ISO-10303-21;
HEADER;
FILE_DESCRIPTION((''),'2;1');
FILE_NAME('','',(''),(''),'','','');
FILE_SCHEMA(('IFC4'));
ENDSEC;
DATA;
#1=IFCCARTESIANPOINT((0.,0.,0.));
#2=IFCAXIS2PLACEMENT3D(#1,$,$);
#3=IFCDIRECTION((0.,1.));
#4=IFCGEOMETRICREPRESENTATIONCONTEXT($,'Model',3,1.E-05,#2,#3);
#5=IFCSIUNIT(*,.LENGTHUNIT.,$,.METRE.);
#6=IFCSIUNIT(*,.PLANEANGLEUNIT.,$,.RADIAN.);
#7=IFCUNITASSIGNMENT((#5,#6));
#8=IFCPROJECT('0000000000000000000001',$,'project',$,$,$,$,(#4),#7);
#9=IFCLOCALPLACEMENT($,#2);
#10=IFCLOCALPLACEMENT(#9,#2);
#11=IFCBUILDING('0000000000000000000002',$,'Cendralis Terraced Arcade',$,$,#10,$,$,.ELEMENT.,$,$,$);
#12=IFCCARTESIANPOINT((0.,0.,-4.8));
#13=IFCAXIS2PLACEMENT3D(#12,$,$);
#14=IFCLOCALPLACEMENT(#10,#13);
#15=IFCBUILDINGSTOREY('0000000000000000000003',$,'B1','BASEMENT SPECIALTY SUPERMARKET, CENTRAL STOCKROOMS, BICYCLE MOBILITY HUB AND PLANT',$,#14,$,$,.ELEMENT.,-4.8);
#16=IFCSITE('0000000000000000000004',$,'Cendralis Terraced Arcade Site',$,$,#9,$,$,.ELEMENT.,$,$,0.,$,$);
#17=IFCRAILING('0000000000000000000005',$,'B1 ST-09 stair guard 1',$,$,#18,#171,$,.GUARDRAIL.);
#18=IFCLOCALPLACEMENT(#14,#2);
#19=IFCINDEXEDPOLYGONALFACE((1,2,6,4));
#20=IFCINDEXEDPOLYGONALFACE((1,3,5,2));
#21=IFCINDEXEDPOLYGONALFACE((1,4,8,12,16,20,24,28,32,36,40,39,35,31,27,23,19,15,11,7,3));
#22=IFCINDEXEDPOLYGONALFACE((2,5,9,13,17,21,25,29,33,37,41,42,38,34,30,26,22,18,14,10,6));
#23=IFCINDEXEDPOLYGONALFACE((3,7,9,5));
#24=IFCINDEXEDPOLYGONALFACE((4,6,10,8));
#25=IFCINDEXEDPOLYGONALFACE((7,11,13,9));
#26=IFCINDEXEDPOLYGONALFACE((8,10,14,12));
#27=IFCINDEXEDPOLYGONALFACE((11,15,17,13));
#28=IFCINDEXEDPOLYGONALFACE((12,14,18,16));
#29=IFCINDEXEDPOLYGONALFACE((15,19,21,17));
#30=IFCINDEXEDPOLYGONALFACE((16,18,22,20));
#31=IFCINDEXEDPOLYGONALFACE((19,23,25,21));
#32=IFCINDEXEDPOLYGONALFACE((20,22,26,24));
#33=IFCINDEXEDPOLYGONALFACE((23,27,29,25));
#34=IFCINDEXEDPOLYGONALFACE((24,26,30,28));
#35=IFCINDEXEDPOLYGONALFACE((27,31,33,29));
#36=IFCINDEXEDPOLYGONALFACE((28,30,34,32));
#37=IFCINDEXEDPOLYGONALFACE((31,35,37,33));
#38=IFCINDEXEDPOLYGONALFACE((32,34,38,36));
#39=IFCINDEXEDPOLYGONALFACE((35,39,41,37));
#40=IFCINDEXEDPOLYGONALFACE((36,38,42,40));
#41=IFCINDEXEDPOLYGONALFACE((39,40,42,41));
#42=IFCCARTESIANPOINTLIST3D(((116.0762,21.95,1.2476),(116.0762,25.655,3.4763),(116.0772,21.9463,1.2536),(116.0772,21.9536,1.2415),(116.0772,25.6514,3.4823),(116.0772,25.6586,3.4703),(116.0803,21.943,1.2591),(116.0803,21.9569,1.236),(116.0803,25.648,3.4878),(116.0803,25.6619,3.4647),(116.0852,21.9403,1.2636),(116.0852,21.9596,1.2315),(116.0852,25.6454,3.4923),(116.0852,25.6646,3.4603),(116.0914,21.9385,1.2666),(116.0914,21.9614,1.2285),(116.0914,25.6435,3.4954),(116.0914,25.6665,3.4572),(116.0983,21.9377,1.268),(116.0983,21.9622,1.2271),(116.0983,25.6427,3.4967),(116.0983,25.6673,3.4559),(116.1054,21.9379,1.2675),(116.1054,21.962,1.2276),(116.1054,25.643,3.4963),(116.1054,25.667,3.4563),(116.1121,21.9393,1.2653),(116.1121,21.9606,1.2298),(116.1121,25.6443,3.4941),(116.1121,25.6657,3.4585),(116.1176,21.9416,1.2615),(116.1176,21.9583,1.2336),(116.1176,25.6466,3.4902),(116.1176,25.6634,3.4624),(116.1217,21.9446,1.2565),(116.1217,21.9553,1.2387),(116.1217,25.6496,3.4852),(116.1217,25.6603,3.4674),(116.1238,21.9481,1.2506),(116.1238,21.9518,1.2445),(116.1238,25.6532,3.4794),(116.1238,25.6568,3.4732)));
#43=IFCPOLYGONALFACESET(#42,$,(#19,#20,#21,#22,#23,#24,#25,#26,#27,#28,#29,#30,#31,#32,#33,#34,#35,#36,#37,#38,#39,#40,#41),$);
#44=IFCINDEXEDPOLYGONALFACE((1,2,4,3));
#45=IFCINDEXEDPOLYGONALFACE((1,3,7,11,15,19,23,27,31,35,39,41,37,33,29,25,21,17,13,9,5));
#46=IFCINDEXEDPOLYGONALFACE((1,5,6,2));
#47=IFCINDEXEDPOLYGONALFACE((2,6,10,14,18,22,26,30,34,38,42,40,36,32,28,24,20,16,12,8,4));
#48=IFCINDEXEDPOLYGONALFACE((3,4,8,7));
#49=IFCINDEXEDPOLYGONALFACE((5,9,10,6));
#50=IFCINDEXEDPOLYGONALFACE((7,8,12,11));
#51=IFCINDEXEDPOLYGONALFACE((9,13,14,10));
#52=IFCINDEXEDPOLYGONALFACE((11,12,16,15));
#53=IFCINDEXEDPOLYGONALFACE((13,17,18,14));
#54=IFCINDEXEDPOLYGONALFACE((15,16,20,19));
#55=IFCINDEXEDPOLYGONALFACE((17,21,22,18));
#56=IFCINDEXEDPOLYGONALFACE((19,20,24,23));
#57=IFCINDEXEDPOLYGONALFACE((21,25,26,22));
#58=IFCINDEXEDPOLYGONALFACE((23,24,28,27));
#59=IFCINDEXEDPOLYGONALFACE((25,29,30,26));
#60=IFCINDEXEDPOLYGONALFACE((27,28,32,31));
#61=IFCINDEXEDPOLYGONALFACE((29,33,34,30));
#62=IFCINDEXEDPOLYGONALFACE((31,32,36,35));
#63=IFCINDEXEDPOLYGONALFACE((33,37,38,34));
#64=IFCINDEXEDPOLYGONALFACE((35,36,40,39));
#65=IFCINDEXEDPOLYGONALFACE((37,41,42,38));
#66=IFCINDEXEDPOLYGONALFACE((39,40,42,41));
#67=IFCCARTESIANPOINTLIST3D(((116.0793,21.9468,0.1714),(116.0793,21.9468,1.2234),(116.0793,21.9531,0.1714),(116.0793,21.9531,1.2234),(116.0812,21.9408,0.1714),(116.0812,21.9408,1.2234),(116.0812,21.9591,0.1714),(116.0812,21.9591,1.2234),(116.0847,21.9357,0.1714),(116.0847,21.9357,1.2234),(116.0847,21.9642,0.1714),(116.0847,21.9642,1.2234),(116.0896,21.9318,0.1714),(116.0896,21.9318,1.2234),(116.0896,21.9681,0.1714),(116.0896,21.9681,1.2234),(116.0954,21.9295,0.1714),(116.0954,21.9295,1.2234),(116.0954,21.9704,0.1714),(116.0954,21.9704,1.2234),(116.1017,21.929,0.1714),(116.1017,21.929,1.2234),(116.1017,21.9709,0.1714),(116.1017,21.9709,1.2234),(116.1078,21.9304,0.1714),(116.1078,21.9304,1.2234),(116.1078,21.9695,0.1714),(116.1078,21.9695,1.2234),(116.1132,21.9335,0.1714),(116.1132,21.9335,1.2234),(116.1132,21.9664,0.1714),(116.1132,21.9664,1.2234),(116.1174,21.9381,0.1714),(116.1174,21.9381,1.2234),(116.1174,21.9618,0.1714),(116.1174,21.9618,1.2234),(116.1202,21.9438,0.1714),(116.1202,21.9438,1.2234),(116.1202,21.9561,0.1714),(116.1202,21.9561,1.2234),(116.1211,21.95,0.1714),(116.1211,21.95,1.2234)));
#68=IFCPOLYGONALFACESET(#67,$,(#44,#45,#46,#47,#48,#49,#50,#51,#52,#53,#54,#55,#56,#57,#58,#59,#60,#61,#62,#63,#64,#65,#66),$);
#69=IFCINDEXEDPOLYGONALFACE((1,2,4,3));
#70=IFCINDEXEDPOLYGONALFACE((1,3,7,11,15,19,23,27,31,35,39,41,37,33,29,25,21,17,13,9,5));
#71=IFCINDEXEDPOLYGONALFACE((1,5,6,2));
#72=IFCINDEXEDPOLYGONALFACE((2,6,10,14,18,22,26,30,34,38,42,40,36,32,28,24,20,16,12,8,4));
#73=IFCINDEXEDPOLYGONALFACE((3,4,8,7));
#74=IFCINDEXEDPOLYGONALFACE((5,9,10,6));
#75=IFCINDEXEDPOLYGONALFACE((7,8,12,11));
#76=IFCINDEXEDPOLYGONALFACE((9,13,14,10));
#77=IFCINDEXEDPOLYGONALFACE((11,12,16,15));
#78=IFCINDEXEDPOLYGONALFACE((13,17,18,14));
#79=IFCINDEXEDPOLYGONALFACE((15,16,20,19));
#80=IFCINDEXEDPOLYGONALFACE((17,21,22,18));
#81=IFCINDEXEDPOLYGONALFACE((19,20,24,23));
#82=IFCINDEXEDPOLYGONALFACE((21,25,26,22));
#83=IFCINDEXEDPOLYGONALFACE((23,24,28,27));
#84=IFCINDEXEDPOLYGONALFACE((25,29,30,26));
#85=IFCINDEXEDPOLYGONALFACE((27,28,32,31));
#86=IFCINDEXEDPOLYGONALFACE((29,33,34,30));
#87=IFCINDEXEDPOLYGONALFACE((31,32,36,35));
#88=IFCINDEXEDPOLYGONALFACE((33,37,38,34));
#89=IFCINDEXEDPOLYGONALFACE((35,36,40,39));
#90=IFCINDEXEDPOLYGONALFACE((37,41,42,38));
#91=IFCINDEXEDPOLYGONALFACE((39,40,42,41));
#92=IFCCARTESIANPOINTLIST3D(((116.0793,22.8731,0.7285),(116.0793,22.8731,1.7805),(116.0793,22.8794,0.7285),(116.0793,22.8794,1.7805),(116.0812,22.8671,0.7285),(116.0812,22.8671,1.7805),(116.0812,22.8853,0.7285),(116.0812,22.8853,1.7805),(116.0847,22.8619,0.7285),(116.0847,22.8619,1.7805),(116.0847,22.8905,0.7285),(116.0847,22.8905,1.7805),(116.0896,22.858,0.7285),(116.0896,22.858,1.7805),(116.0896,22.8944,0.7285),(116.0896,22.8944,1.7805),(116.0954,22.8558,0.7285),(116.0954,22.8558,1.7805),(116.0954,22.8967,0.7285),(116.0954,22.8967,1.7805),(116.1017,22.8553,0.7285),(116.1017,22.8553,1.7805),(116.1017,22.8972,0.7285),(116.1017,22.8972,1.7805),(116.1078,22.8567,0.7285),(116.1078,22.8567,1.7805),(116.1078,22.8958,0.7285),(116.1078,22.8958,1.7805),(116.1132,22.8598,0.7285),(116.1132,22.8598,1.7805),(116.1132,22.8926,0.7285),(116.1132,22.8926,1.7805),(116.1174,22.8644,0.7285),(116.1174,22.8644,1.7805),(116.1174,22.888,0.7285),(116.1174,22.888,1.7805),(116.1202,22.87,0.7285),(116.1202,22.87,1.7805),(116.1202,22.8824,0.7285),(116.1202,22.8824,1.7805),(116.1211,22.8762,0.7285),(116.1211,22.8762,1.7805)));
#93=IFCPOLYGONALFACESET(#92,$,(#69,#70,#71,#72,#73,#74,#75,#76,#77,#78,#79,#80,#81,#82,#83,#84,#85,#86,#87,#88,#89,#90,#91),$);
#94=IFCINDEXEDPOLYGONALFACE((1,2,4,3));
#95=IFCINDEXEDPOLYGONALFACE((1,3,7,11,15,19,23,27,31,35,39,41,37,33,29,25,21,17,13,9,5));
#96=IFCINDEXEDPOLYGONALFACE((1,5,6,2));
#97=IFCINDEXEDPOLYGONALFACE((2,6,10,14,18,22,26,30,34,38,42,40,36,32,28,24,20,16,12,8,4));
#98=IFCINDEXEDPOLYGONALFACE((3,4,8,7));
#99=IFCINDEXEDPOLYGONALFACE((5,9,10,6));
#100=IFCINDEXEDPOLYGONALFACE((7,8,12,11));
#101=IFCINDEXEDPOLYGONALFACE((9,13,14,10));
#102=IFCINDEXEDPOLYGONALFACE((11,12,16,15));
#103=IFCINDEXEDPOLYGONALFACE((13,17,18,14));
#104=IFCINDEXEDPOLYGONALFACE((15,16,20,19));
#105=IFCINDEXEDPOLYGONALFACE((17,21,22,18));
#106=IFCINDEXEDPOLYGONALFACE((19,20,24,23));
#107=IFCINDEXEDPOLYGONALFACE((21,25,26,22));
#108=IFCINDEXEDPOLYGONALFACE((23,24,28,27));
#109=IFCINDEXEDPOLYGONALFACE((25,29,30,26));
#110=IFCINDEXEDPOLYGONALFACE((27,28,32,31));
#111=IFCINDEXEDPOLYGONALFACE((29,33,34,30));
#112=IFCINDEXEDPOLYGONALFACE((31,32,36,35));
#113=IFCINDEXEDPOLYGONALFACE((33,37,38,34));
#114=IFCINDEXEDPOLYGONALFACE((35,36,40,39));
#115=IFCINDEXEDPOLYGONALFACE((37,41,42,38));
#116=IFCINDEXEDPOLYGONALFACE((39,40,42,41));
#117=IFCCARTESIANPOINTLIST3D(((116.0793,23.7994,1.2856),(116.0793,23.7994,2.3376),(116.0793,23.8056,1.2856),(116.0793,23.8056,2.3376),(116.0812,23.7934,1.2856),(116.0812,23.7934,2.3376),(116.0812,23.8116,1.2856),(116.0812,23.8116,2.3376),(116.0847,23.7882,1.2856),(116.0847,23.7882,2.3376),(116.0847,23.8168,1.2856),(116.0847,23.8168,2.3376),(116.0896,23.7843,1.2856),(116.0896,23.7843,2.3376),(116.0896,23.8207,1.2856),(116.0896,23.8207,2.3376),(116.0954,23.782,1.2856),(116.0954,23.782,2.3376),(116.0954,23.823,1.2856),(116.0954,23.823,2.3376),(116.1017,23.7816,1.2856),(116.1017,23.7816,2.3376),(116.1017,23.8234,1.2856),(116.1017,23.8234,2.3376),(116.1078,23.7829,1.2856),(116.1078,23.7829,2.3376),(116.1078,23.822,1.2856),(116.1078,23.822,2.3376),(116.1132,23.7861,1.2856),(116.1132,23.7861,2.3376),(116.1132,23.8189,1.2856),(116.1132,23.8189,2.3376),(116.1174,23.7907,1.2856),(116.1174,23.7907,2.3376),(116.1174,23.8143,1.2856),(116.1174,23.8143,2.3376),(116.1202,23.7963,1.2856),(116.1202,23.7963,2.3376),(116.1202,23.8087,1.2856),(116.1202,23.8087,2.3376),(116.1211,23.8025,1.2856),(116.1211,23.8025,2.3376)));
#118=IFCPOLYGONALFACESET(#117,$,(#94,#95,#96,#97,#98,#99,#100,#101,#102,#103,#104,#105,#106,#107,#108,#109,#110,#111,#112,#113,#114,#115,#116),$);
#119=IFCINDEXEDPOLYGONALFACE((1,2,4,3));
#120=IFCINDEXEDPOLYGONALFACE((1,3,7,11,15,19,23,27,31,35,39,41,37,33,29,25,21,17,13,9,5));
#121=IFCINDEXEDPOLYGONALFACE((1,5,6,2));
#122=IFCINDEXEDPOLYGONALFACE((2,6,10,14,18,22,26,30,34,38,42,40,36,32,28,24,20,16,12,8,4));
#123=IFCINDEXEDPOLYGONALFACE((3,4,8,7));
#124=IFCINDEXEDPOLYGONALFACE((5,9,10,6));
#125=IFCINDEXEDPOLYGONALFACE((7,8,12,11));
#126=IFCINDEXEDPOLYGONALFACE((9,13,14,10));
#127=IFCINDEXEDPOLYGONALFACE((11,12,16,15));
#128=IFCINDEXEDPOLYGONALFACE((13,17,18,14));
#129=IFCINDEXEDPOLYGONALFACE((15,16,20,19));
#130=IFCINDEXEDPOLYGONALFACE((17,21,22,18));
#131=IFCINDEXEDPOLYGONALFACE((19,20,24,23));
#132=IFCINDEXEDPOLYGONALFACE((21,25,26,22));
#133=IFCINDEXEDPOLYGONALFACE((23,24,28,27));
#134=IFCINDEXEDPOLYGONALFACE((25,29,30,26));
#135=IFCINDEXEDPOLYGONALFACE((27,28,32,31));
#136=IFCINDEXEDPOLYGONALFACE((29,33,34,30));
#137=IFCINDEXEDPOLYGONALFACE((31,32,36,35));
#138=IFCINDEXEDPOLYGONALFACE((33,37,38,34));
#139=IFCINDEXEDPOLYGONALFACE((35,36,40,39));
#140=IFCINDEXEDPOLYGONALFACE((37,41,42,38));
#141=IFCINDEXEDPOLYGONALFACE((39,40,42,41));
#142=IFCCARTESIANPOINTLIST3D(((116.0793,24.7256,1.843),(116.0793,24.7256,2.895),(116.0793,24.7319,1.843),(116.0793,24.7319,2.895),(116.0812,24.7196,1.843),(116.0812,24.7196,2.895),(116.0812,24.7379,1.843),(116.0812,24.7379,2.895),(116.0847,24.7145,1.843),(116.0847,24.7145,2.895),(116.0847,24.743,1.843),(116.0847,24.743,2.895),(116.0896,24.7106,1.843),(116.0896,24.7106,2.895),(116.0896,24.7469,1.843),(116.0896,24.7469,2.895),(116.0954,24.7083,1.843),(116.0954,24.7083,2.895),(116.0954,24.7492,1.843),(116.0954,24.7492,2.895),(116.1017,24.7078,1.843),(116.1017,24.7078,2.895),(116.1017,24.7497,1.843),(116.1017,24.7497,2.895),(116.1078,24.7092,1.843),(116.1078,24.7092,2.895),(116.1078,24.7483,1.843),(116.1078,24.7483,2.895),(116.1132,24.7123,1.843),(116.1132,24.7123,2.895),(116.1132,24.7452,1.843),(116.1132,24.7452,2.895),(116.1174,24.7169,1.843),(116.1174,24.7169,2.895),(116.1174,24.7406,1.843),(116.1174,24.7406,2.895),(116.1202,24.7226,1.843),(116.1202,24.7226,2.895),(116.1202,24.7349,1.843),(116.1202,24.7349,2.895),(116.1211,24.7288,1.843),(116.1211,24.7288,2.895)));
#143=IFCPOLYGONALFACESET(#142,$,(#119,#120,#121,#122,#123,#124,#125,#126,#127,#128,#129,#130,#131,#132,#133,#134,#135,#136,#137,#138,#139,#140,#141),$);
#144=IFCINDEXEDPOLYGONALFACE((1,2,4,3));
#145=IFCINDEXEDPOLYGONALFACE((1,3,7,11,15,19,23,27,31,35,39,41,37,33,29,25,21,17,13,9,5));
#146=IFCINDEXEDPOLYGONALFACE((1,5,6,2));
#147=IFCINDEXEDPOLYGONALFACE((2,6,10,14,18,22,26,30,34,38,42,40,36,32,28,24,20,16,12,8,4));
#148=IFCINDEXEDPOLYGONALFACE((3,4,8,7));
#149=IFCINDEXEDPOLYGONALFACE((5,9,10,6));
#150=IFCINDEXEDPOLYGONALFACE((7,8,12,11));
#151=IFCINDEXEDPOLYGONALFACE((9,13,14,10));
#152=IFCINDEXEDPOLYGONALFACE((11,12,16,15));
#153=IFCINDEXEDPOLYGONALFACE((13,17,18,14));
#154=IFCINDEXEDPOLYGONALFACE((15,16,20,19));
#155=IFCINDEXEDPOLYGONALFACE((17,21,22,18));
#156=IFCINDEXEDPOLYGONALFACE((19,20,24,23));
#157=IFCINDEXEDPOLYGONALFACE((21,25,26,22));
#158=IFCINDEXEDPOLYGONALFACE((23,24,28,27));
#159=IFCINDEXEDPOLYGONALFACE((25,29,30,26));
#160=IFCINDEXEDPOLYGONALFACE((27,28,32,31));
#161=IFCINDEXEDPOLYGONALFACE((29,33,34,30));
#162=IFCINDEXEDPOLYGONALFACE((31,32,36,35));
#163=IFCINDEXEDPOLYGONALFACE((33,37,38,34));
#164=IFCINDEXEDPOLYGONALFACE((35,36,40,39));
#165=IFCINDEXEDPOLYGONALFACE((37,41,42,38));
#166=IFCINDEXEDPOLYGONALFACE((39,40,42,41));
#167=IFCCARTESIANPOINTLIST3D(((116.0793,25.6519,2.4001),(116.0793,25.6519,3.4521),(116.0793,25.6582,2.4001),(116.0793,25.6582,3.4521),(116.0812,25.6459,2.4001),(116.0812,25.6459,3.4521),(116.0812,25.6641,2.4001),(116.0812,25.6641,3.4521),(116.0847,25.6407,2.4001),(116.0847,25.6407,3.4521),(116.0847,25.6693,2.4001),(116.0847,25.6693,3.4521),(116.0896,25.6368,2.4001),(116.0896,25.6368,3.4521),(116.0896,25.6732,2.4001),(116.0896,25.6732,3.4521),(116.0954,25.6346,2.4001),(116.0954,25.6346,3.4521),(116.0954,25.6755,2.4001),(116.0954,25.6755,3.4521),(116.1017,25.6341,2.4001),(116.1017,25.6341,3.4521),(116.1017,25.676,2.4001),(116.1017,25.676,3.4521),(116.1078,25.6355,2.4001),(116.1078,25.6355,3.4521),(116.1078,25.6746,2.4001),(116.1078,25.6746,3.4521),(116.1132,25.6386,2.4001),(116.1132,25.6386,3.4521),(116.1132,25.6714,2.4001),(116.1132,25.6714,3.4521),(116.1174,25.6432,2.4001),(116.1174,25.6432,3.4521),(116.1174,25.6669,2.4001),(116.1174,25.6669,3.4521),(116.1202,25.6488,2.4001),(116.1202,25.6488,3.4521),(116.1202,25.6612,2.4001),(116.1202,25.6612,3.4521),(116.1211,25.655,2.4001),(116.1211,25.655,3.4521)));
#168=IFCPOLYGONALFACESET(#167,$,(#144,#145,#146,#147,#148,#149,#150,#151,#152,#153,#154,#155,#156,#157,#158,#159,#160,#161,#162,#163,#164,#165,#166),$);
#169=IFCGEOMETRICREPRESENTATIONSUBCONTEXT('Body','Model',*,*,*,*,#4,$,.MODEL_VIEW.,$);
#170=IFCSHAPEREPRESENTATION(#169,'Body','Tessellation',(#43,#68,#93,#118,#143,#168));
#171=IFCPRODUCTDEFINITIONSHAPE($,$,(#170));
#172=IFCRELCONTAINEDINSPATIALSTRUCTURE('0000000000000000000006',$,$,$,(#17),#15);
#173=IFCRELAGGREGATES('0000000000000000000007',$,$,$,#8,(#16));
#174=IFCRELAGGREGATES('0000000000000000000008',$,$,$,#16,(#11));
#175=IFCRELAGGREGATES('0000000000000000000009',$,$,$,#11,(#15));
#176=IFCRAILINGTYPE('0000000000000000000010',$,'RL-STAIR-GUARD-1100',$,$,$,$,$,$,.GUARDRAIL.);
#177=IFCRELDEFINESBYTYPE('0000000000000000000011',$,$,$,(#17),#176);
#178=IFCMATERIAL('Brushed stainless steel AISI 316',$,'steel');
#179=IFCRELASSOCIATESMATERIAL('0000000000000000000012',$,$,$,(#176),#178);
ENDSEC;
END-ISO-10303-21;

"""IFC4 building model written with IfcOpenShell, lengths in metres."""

from ifc_helpers import new_model, si_unit, direction, frame, origin, origin_2d, place, context, subcontext, project, spatial, circle, extrude, material, type_object, element, save


model = new_model("IFC4")

# Units and contexts
model_context = context("Model", 3, precision=1e-05, world=origin(), true_north=direction((0.0, 1.0)))
body_context = subcontext(model_context, "Body", "Model", "MODEL_VIEW")
ifc_project = project(units=[si_unit("LENGTHUNIT", "METRE"), si_unit("PLANEANGLEUNIT", "RADIAN")], contexts=[model_context])

# Site, building, storey
site_placement = place(None, origin())
site = spatial("IfcSite", under=ifc_project, at=site_placement, Name="Cendralis Terraced Arcade Site", CompositionType="ELEMENT", RefElevation=0.0)
building_placement = place(site_placement, origin())
building = spatial("IfcBuilding", under=site, at=building_placement, Name="Cendralis Terraced Arcade", CompositionType="ELEMENT")
storey_placement = place(building_placement, frame((0.0, 0.0, -4.8)))
storey = spatial("IfcBuildingStorey", under=building, at=storey_placement, Name="B1", Description="BASEMENT SPECIALTY SUPERMARKET, CENTRAL STOCKROOMS, BICYCLE MOBILITY HUB AND PLANT", CompositionType="ELEMENT", Elevation=-4.8)

# Railing
ifc_material_1 = material(Name="Brushed stainless steel AISI 316", Category="steel")
railing_type_1 = type_object("IfcRailingType", Name="RL-STAIR-GUARD-1100", PredefinedType="GUARDRAIL", material=ifc_material_1)
railing_1_placement = place(storey_placement, frame((116.1001, 21.95, 0.1714)))
element("IfcRailing", 1, at=railing_1_placement, inside=storey, type_object=railing_type_1, Name="B1 ST-09 stair guard 1", PredefinedType="GUARDRAIL", context=body_context, shape_type="SweptSolid", body=[
    extrude(circle(Radius=0.0239, at=origin_2d()), frame((0.0, 0.0, 1.0762), z_axis=(0.0, 0.856909, 0.515467), x_axis=(-1.0, 0.0, 0.0)), (0.0, 0.0, 1.0), 4.3237),
    extrude(circle(Radius=0.021, at=origin_2d()), origin(), (0.0, 0.0, 1.0), 1.052),
    extrude(circle(Radius=0.021, at=origin_2d()), frame((0.0, 0.9263, 0.5571)), (0.0, 0.0, 1.0), 1.052),
    extrude(circle(Radius=0.021, at=origin_2d()), frame((0.0, 1.8525, 1.1143)), (0.0, 0.0, 1.0), 1.052),
    extrude(circle(Radius=0.021, at=origin_2d()), frame((0.0, 2.7788, 1.6716)), (0.0, 0.0, 1.0), 1.052),
    extrude(circle(Radius=0.021, at=origin_2d()), frame((0.0, 3.7051, 2.2288)), (0.0, 0.0, 1.0), 1.052),
])

save(model, "model.ifc")
